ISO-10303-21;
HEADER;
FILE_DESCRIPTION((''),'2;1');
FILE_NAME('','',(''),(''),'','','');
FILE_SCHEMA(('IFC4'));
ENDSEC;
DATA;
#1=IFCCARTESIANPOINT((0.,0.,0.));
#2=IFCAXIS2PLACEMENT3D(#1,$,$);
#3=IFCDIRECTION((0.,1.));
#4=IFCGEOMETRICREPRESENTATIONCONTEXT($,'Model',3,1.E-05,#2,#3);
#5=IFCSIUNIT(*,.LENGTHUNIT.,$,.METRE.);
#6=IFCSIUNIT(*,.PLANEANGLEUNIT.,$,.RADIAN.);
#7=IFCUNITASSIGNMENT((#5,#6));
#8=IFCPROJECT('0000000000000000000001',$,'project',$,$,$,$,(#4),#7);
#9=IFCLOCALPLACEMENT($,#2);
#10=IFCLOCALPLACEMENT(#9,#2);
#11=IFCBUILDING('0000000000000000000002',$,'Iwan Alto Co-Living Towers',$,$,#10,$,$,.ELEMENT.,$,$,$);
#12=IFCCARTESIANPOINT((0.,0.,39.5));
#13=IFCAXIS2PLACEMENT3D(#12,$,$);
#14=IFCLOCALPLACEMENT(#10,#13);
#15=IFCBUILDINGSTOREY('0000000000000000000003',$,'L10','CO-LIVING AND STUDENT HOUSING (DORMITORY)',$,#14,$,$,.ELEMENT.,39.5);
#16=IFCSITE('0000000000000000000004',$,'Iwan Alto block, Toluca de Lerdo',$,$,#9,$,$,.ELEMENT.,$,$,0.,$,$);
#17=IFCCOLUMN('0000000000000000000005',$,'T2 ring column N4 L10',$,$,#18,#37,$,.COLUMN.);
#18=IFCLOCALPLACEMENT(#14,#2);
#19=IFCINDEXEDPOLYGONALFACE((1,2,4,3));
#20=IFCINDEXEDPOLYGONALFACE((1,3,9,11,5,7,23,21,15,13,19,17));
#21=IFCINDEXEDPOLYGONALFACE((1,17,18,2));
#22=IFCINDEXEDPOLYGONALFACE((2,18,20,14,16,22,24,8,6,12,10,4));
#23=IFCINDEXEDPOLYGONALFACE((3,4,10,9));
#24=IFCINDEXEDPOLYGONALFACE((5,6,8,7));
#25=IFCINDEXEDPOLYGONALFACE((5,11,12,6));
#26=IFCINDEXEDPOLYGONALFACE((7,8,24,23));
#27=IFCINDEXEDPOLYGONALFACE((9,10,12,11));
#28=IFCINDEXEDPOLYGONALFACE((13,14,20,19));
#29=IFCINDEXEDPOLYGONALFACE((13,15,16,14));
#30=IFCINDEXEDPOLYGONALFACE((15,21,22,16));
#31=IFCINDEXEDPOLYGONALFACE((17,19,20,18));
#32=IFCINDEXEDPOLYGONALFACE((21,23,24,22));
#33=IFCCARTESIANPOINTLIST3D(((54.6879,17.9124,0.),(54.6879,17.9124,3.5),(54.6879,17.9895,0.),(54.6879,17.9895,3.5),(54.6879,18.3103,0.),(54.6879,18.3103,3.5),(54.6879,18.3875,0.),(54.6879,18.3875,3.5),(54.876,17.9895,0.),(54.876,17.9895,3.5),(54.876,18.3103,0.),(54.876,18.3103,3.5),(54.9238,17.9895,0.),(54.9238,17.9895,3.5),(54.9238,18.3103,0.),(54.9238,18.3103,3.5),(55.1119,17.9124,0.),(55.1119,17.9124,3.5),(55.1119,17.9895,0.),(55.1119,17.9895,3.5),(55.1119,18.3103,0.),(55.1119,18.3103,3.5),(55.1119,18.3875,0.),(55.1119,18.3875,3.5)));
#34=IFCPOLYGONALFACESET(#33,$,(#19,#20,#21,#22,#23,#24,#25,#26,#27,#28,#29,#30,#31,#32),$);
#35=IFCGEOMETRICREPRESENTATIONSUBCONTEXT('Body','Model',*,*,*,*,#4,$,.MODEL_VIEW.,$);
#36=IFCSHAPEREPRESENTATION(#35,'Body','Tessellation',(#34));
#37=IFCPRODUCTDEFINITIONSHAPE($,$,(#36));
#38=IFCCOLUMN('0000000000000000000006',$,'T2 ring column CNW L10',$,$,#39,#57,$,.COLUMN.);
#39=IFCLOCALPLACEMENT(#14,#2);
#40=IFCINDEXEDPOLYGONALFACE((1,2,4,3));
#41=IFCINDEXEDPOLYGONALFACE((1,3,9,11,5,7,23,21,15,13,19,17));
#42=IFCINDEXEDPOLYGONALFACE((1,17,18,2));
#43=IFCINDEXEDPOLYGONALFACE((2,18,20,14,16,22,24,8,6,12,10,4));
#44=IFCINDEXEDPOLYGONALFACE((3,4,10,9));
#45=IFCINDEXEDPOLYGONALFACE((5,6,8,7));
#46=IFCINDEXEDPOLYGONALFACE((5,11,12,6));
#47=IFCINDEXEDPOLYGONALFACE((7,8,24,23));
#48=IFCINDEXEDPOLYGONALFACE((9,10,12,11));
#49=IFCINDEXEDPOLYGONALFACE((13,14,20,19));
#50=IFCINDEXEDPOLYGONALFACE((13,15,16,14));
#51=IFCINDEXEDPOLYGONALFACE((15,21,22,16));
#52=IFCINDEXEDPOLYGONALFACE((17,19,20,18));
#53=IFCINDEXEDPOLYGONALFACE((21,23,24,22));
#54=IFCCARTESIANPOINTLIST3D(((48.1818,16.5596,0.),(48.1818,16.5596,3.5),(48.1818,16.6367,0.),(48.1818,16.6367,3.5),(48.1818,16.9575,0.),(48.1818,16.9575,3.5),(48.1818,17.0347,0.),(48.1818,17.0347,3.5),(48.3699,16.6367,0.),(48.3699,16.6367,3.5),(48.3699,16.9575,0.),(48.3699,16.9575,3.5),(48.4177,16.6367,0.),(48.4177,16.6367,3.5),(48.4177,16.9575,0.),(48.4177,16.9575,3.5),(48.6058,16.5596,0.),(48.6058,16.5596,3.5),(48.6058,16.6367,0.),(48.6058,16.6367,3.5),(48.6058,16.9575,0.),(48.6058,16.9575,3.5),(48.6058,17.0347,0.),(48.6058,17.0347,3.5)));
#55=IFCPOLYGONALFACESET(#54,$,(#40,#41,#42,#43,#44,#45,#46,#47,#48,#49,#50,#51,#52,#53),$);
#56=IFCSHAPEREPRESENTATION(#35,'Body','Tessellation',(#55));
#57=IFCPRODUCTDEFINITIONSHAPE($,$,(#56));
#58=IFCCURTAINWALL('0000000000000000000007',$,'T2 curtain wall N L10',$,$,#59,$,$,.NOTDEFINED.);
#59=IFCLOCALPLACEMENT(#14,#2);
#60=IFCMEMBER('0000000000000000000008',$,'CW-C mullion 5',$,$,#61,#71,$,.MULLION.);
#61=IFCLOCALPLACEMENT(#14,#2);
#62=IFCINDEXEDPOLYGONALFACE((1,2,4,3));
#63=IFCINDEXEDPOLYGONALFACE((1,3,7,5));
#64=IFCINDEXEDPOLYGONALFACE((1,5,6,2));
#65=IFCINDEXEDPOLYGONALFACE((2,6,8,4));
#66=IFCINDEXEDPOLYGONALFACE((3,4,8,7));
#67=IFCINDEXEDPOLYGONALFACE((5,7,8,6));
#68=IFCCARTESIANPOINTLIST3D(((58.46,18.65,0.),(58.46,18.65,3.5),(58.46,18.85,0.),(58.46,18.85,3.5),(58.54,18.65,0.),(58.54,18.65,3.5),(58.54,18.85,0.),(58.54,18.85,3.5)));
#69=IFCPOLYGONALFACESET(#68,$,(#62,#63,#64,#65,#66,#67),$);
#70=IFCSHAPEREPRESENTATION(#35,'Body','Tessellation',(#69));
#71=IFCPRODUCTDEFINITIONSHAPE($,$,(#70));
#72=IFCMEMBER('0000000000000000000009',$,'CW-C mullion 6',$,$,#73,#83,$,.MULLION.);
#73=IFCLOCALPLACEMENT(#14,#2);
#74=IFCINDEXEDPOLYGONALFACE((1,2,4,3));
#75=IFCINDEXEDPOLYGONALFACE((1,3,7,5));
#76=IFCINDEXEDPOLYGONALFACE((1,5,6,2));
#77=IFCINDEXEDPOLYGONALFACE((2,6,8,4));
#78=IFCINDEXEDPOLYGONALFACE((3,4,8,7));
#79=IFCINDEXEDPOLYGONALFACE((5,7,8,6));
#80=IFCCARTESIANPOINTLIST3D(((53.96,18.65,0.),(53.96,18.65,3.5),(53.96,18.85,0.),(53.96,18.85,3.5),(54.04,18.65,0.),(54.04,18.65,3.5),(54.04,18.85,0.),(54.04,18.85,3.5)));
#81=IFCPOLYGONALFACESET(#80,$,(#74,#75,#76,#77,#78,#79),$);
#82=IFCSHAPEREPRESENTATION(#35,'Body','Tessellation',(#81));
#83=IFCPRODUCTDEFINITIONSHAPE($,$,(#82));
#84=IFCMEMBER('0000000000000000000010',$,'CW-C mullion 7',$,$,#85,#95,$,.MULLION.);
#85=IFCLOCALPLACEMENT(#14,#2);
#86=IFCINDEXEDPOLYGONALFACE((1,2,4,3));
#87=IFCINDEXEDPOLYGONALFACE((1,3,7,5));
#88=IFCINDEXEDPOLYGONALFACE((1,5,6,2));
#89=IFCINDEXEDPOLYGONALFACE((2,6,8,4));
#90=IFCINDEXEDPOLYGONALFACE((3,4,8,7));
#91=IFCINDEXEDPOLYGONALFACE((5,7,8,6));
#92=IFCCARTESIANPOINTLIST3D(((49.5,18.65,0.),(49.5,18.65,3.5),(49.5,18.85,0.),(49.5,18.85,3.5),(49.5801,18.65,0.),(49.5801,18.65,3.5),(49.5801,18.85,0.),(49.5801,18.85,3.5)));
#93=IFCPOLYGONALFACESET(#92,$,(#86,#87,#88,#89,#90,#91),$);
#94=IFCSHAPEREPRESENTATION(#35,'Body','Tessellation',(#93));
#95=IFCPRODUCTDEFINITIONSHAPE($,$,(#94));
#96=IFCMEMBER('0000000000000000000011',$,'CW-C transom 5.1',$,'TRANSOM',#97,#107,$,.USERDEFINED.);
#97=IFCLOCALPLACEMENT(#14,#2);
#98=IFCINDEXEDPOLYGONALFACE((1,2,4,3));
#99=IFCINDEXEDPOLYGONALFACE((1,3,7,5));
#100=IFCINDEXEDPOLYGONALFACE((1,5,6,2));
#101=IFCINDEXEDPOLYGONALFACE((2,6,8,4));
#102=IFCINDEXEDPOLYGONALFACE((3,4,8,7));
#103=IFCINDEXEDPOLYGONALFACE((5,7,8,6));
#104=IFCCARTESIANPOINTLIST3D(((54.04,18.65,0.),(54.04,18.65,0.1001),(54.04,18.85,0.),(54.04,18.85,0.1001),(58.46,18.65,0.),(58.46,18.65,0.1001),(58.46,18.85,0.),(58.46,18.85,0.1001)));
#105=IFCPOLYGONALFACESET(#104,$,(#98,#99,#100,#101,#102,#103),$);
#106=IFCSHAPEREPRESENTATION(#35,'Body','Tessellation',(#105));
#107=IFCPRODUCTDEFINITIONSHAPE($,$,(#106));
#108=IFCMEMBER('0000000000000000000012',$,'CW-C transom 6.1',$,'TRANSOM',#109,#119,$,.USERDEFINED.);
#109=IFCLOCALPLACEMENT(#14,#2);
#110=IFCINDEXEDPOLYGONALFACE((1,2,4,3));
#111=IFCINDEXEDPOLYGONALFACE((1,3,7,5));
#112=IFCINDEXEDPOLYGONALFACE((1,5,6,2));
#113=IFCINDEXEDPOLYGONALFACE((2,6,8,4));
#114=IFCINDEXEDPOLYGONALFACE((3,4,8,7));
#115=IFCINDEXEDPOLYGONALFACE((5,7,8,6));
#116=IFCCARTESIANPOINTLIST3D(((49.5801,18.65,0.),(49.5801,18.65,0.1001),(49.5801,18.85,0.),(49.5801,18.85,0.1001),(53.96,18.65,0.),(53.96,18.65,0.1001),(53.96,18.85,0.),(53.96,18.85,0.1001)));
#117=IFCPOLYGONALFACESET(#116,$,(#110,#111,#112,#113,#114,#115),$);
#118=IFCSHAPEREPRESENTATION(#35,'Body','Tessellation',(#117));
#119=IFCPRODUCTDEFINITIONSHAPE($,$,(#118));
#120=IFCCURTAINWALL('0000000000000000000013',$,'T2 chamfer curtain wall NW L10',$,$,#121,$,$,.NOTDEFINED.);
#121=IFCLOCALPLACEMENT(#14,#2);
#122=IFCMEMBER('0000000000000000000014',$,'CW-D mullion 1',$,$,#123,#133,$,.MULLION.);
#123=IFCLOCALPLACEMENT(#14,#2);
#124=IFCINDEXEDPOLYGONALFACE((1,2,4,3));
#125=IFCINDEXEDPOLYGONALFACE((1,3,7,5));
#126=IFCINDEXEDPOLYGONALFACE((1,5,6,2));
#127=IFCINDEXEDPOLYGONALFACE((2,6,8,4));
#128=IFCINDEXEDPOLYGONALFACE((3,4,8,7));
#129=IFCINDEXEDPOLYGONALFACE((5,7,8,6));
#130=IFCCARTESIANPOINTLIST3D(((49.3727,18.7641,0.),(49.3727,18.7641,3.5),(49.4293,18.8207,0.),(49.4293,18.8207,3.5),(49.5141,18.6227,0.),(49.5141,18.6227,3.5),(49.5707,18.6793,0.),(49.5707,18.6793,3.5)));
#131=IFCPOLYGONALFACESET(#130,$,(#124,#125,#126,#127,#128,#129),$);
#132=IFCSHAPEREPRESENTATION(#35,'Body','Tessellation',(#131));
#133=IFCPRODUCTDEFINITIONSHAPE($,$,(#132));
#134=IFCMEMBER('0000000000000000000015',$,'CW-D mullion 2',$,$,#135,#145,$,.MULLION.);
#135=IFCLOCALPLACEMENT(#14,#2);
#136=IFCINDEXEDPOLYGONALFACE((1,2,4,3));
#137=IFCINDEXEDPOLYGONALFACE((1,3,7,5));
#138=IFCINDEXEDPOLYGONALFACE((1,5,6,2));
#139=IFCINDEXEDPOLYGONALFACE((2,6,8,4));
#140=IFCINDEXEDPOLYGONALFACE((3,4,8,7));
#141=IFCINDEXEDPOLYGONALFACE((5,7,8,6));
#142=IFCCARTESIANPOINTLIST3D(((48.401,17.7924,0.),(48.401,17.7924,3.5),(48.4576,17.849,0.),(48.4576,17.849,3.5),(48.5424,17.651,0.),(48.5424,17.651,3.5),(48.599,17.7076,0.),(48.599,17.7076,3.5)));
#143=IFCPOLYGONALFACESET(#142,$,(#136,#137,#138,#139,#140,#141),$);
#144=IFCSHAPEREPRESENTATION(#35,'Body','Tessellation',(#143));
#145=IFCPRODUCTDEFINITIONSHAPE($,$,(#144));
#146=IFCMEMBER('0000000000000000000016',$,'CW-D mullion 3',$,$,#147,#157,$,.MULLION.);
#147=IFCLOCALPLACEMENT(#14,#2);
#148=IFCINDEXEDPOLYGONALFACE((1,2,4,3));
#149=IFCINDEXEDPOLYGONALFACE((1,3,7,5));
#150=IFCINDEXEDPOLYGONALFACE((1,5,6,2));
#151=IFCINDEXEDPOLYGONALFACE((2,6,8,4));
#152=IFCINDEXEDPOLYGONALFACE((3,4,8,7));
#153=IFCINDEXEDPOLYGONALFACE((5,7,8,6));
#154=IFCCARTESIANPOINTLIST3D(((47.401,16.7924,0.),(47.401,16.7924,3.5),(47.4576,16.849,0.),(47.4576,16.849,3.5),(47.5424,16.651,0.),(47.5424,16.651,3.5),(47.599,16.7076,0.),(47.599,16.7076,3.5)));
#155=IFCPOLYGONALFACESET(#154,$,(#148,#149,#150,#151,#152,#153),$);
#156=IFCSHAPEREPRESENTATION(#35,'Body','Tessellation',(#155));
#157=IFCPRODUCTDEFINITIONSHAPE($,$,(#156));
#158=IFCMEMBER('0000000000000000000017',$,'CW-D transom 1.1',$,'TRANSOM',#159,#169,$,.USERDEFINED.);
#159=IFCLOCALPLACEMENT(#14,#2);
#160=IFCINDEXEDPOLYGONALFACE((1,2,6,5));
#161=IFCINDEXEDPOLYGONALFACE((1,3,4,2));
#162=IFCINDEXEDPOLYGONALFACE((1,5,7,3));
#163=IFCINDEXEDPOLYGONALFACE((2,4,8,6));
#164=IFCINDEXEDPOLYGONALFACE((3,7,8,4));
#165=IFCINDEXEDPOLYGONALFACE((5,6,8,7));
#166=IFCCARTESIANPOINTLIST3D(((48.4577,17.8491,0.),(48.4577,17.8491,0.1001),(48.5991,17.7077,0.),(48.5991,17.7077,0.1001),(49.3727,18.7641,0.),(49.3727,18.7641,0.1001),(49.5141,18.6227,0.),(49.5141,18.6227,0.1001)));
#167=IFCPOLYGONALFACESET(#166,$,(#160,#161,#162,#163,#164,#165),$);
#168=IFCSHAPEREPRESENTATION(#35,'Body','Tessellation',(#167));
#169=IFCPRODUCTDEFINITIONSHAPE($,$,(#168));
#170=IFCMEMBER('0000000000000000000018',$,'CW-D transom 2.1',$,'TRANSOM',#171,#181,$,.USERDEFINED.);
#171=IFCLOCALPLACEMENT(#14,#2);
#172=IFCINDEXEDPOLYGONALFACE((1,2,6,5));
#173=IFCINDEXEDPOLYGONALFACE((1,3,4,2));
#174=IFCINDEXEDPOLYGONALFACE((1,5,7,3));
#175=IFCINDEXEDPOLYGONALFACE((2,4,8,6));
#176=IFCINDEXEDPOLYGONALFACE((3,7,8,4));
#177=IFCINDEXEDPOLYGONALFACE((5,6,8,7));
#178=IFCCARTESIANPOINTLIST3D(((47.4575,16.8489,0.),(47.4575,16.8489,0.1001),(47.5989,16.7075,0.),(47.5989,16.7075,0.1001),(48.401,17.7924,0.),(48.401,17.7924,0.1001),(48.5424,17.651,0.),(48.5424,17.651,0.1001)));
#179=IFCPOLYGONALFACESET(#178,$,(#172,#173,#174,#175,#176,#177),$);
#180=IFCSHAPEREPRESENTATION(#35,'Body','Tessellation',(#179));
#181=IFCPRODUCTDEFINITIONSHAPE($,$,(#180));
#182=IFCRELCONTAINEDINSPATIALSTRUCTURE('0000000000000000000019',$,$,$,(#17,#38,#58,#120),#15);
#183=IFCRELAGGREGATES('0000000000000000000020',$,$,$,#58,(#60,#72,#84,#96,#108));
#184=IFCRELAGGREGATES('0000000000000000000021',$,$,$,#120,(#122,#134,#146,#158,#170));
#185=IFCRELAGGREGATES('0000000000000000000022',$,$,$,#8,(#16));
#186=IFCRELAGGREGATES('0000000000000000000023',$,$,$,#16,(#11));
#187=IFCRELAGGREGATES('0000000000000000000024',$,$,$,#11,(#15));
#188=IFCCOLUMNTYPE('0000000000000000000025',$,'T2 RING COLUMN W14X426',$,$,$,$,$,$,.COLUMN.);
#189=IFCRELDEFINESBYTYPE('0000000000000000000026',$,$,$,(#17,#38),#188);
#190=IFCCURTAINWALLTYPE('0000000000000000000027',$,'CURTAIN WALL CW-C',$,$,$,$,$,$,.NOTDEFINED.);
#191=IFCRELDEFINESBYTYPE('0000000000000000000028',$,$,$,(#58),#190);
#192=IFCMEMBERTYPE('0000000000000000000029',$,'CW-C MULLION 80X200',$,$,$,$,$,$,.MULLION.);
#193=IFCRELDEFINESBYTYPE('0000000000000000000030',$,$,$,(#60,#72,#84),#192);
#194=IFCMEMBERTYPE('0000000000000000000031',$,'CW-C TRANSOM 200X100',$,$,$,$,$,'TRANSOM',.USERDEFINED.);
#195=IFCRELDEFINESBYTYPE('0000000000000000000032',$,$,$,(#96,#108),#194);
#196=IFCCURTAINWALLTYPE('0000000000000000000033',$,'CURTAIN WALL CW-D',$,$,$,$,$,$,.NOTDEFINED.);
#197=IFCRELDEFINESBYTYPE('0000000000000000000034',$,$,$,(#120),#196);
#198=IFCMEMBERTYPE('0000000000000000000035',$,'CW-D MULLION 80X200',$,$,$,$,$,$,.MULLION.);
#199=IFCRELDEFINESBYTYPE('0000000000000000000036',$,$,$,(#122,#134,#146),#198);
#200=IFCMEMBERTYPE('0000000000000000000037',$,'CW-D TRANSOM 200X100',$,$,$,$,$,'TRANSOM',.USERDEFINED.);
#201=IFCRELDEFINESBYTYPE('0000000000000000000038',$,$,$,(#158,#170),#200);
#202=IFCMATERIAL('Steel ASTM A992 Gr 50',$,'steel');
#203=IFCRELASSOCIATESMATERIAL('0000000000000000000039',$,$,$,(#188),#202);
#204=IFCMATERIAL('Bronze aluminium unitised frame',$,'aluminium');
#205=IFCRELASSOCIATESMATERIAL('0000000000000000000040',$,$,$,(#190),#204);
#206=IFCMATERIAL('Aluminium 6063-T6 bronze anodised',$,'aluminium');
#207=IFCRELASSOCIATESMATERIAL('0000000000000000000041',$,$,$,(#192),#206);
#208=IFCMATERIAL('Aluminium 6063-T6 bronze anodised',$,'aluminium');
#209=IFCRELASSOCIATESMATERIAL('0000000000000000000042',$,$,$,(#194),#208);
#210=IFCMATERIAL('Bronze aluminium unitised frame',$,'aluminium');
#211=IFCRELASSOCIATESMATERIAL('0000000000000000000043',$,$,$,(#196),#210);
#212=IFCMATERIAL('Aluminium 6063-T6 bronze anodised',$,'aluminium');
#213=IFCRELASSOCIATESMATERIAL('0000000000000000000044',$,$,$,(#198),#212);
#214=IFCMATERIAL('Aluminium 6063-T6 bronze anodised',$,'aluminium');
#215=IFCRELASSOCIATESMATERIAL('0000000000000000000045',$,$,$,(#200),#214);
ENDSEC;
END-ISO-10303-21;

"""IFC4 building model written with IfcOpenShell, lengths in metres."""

from ifc_helpers import new_model, si_unit, direction, frame, origin, origin_2d, place, context, subcontext, project, spatial, rectangle, i_section, extrude, material, material_profile, profile_set, type_object, element, aggregate, save


model = new_model("IFC4")

# Units and contexts
model_context = context("Model", 3, precision=1e-05, world=origin(), true_north=direction((0.0, 1.0)))
body_context = subcontext(model_context, "Body", "Model", "MODEL_VIEW")
ifc_project = project(units=[si_unit("LENGTHUNIT", "METRE"), si_unit("PLANEANGLEUNIT", "RADIAN")], contexts=[model_context])

# Site, building, storey
site_placement = place(None, origin())
site = spatial("IfcSite", under=ifc_project, at=site_placement, Name="Iwan Alto block, Toluca de Lerdo", CompositionType="ELEMENT", RefElevation=0.0)
building_placement = place(site_placement, origin())
building = spatial("IfcBuilding", under=site, at=building_placement, Name="Iwan Alto Co-Living Towers", CompositionType="ELEMENT")
storey_placement = place(building_placement, frame((0.0, 0.0, 39.5)))
storey = spatial("IfcBuildingStorey", under=building, at=storey_placement, Name="L10", Description="CO-LIVING AND STUDENT HOUSING (DORMITORY)", CompositionType="ELEMENT", Elevation=39.5)

# Columns
ifc_material_1 = material(Name="Steel ASTM A992 Gr 50", Category="steel")
ifc_material_profile_1 = material_profile(ifc_material_1, i_section(OverallWidth=0.4241, OverallDepth=0.4751, WebThickness=0.0479, FlangeThickness=0.0771, at=origin_2d()), Name="W14X426")
ifc_profile_set_1 = profile_set([ifc_material_profile_1], Name="Steel ASTM A992 Gr 50")
column_type = type_object("IfcColumnType", Name="T2 RING COLUMN W14X426", PredefinedType="COLUMN", material=ifc_profile_set_1)
for number, where, z_axis, x_axis, name in (
    (1, (54.8999, 18.1499, 0.0), (0.0, 0.0, 1.0), (1.0, 0.0, 0.0), "T2 ring column N4 L10"),
    (2, (48.3938, 16.7971, 0.0), (0.0, 0.0, 1.0), (1.0, 0.0, 0.0), "T2 ring column CNW L10"),
):
    element("IfcColumn", number, at=place(storey_placement, frame(where, z_axis=z_axis, x_axis=x_axis)), inside=storey, type_object=column_type, Name=name, PredefinedType="COLUMN", context=body_context, shape_type="SweptSolid", body=[
        extrude(i_section(OverallWidth=0.4241, OverallDepth=0.4751, WebThickness=0.0479, FlangeThickness=0.0771, at=origin_2d()), origin(), (0.0, 0.0, 1.0), 3.5),
    ])

# Curtain walls, members
ifc_material_2 = material(Name="Bronze aluminium unitised frame", Category="aluminium")
curtain_wall_type_1 = type_object("IfcCurtainWallType", Name="CURTAIN WALL CW-C", PredefinedType="NOTDEFINED", material=ifc_material_2)
curtain_wall_1_placement = place(storey_placement, origin())
curtain_wall_1 = element("IfcCurtainWall", 3, at=curtain_wall_1_placement, inside=storey, type_object=curtain_wall_type_1, Name="T2 curtain wall N L10", PredefinedType="NOTDEFINED")
ifc_material_3 = material(Name="Aluminium 6063-T6 bronze anodised", Category="aluminium")
ifc_material_profile_2 = material_profile(ifc_material_3, rectangle(XDim=0.2, YDim=0.0801, at=origin_2d()), Name="AL 80X200")
ifc_profile_set_2 = profile_set([ifc_material_profile_2], Name="Aluminium 6063-T6 bronze anodised")
member_type_1 = type_object("IfcMemberType", Name="CW-C MULLION 80X200", PredefinedType="MULLION", material=ifc_profile_set_2)
member_1_placement = place(storey_placement, frame((58.5, 18.75, 0.0), z_axis=(0.0, 0.0, 1.0), x_axis=(0.0, -1.0, 0.0)))
member_1 = element("IfcMember", 4, at=member_1_placement, type_object=member_type_1, Name="CW-C mullion 5", PredefinedType="MULLION", context=body_context, shape_type="SweptSolid", body=[
    extrude(rectangle(XDim=0.2, YDim=0.0801, at=origin_2d()), origin(), (0.0, 0.0, 1.0), 3.5),
])
member_2_placement = place(storey_placement, frame((54.0, 18.75, 0.0), z_axis=(0.0, 0.0, 1.0), x_axis=(0.0, -1.0, 0.0)))
member_2 = element("IfcMember", 5, at=member_2_placement, type_object=member_type_1, Name="CW-C mullion 6", PredefinedType="MULLION", context=body_context, shape_type="SweptSolid", body=[
    extrude(rectangle(XDim=0.2, YDim=0.0801, at=origin_2d()), origin(), (0.0, 0.0, 1.0), 3.5),
])
member_3_placement = place(storey_placement, frame((49.54, 18.75, 0.0), z_axis=(0.0, 0.0, 1.0), x_axis=(0.0, -1.0, 0.0)))
member_3 = element("IfcMember", 6, at=member_3_placement, type_object=member_type_1, Name="CW-C mullion 7", PredefinedType="MULLION", context=body_context, shape_type="SweptSolid", body=[
    extrude(rectangle(XDim=0.2, YDim=0.0801, at=origin_2d()), origin(), (0.0, 0.0, 1.0), 3.5),
])
ifc_material_4 = material(Name="Aluminium 6063-T6 bronze anodised", Category="aluminium")
ifc_material_profile_3 = material_profile(ifc_material_4, rectangle(XDim=0.2, YDim=0.1001, at=origin_2d()), Name="AL 200X100")
ifc_profile_set_3 = profile_set([ifc_material_profile_3], Name="Aluminium 6063-T6 bronze anodised")
member_type_2 = type_object("IfcMemberType", Name="CW-C TRANSOM 200X100", ElementType="TRANSOM", PredefinedType="USERDEFINED", material=ifc_profile_set_3)
member_4_placement = place(storey_placement, frame((58.46, 18.75, 0.05), z_axis=(-1.0, 0.0, 0.0), x_axis=(0.0, -1.0, 0.0)))
member_4 = element("IfcMember", 7, at=member_4_placement, type_object=member_type_2, Name="CW-C transom 5.1", ObjectType="TRANSOM", PredefinedType="USERDEFINED", context=body_context, shape_type="SweptSolid", body=[
    extrude(rectangle(XDim=0.2, YDim=0.1001, at=origin_2d()), origin(), (0.0, 0.0, 1.0), 4.4199),
])
member_5_placement = place(storey_placement, frame((53.96, 18.75, 0.05), z_axis=(-1.0, 0.0, 0.0), x_axis=(0.0, -1.0, 0.0)))
member_5 = element("IfcMember", 8, at=member_5_placement, type_object=member_type_2, Name="CW-C transom 6.1", ObjectType="TRANSOM", PredefinedType="USERDEFINED", context=body_context, shape_type="SweptSolid", body=[
    extrude(rectangle(XDim=0.2, YDim=0.1001, at=origin_2d()), origin(), (0.0, 0.0, 1.0), 4.3799),
])
ifc_material_5 = material(Name="Bronze aluminium unitised frame", Category="aluminium")
curtain_wall_type_2 = type_object("IfcCurtainWallType", Name="CURTAIN WALL CW-D", PredefinedType="NOTDEFINED", material=ifc_material_5)
curtain_wall_2_placement = place(storey_placement, origin())
curtain_wall_2 = element("IfcCurtainWall", 9, at=curtain_wall_2_placement, inside=storey, type_object=curtain_wall_type_2, Name="T2 chamfer curtain wall NW L10", PredefinedType="NOTDEFINED")
ifc_material_6 = material(Name="Aluminium 6063-T6 bronze anodised", Category="aluminium")
ifc_material_profile_4 = material_profile(ifc_material_6, rectangle(XDim=0.2, YDim=0.0801, at=origin_2d()), Name="AL 80X200")
ifc_profile_set_4 = profile_set([ifc_material_profile_4], Name="Aluminium 6063-T6 bronze anodised")
member_type_3 = type_object("IfcMemberType", Name="CW-D MULLION 80X200", PredefinedType="MULLION", material=ifc_profile_set_4)
member_6_placement = place(storey_placement, frame((49.4717, 18.7217, 0.0), z_axis=(0.0, 0.0, 1.0), x_axis=(0.707107, -0.707107, 0.0)))
member_6 = element("IfcMember", 10, at=member_6_placement, type_object=member_type_3, Name="CW-D mullion 1", PredefinedType="MULLION", context=body_context, shape_type="SweptSolid", body=[
    extrude(rectangle(XDim=0.2, YDim=0.0801, at=origin_2d()), origin(), (0.0, 0.0, 1.0), 3.5),
])
member_7_placement = place(storey_placement, frame((48.5, 17.75, 0.0), z_axis=(0.0, 0.0, 1.0), x_axis=(0.707107, -0.707107, 0.0)))
member_7 = element("IfcMember", 11, at=member_7_placement, type_object=member_type_3, Name="CW-D mullion 2", PredefinedType="MULLION", context=body_context, shape_type="SweptSolid", body=[
    extrude(rectangle(XDim=0.2, YDim=0.0801, at=origin_2d()), origin(), (0.0, 0.0, 1.0), 3.5),
])
member_8_placement = place(storey_placement, frame((47.5, 16.75, 0.0), z_axis=(0.0, 0.0, 1.0), x_axis=(0.707107, -0.707107, 0.0)))
member_8 = element("IfcMember", 12, at=member_8_placement, type_object=member_type_3, Name="CW-D mullion 3", PredefinedType="MULLION", context=body_context, shape_type="SweptSolid", body=[
    extrude(rectangle(XDim=0.2, YDim=0.0801, at=origin_2d()), origin(), (0.0, 0.0, 1.0), 3.5),
])
ifc_material_7 = material(Name="Aluminium 6063-T6 bronze anodised", Category="aluminium")
ifc_material_profile_5 = material_profile(ifc_material_7, rectangle(XDim=0.2, YDim=0.1001, at=origin_2d()), Name="AL 200X100")
ifc_profile_set_5 = profile_set([ifc_material_profile_5], Name="Aluminium 6063-T6 bronze anodised")
member_type_4 = type_object("IfcMemberType", Name="CW-D TRANSOM 200X100", ElementType="TRANSOM", PredefinedType="USERDEFINED", material=ifc_profile_set_5)
member_9_placement = place(storey_placement, frame((49.4434, 18.6934, 0.05), z_axis=(-0.707107, -0.707107, 0.0), x_axis=(0.707107, -0.707107, 0.0)))
member_9 = element("IfcMember", 13, at=member_9_placement, type_object=member_type_4, Name="CW-D transom 1.1", ObjectType="TRANSOM", PredefinedType="USERDEFINED", context=body_context, shape_type="SweptSolid", body=[
    extrude(rectangle(XDim=0.2, YDim=0.1001, at=origin_2d()), origin(), (0.0, 0.0, 1.0), 1.2939),
])
member_10_placement = place(storey_placement, frame((48.4717, 17.7217, 0.05), z_axis=(-0.707107, -0.707107, 0.0), x_axis=(0.707107, -0.707107, 0.0)))
member_10 = element("IfcMember", 14, at=member_10_placement, type_object=member_type_4, Name="CW-D transom 2.1", ObjectType="TRANSOM", PredefinedType="USERDEFINED", context=body_context, shape_type="SweptSolid", body=[
    extrude(rectangle(XDim=0.2, YDim=0.1001, at=origin_2d()), origin(), (0.0, 0.0, 1.0), 1.3342),
])

aggregate(curtain_wall_1, [member_1, member_2, member_3, member_4, member_5])
aggregate(curtain_wall_2, [member_6, member_7, member_8, member_9, member_10])

save(model, "model.ifc")
